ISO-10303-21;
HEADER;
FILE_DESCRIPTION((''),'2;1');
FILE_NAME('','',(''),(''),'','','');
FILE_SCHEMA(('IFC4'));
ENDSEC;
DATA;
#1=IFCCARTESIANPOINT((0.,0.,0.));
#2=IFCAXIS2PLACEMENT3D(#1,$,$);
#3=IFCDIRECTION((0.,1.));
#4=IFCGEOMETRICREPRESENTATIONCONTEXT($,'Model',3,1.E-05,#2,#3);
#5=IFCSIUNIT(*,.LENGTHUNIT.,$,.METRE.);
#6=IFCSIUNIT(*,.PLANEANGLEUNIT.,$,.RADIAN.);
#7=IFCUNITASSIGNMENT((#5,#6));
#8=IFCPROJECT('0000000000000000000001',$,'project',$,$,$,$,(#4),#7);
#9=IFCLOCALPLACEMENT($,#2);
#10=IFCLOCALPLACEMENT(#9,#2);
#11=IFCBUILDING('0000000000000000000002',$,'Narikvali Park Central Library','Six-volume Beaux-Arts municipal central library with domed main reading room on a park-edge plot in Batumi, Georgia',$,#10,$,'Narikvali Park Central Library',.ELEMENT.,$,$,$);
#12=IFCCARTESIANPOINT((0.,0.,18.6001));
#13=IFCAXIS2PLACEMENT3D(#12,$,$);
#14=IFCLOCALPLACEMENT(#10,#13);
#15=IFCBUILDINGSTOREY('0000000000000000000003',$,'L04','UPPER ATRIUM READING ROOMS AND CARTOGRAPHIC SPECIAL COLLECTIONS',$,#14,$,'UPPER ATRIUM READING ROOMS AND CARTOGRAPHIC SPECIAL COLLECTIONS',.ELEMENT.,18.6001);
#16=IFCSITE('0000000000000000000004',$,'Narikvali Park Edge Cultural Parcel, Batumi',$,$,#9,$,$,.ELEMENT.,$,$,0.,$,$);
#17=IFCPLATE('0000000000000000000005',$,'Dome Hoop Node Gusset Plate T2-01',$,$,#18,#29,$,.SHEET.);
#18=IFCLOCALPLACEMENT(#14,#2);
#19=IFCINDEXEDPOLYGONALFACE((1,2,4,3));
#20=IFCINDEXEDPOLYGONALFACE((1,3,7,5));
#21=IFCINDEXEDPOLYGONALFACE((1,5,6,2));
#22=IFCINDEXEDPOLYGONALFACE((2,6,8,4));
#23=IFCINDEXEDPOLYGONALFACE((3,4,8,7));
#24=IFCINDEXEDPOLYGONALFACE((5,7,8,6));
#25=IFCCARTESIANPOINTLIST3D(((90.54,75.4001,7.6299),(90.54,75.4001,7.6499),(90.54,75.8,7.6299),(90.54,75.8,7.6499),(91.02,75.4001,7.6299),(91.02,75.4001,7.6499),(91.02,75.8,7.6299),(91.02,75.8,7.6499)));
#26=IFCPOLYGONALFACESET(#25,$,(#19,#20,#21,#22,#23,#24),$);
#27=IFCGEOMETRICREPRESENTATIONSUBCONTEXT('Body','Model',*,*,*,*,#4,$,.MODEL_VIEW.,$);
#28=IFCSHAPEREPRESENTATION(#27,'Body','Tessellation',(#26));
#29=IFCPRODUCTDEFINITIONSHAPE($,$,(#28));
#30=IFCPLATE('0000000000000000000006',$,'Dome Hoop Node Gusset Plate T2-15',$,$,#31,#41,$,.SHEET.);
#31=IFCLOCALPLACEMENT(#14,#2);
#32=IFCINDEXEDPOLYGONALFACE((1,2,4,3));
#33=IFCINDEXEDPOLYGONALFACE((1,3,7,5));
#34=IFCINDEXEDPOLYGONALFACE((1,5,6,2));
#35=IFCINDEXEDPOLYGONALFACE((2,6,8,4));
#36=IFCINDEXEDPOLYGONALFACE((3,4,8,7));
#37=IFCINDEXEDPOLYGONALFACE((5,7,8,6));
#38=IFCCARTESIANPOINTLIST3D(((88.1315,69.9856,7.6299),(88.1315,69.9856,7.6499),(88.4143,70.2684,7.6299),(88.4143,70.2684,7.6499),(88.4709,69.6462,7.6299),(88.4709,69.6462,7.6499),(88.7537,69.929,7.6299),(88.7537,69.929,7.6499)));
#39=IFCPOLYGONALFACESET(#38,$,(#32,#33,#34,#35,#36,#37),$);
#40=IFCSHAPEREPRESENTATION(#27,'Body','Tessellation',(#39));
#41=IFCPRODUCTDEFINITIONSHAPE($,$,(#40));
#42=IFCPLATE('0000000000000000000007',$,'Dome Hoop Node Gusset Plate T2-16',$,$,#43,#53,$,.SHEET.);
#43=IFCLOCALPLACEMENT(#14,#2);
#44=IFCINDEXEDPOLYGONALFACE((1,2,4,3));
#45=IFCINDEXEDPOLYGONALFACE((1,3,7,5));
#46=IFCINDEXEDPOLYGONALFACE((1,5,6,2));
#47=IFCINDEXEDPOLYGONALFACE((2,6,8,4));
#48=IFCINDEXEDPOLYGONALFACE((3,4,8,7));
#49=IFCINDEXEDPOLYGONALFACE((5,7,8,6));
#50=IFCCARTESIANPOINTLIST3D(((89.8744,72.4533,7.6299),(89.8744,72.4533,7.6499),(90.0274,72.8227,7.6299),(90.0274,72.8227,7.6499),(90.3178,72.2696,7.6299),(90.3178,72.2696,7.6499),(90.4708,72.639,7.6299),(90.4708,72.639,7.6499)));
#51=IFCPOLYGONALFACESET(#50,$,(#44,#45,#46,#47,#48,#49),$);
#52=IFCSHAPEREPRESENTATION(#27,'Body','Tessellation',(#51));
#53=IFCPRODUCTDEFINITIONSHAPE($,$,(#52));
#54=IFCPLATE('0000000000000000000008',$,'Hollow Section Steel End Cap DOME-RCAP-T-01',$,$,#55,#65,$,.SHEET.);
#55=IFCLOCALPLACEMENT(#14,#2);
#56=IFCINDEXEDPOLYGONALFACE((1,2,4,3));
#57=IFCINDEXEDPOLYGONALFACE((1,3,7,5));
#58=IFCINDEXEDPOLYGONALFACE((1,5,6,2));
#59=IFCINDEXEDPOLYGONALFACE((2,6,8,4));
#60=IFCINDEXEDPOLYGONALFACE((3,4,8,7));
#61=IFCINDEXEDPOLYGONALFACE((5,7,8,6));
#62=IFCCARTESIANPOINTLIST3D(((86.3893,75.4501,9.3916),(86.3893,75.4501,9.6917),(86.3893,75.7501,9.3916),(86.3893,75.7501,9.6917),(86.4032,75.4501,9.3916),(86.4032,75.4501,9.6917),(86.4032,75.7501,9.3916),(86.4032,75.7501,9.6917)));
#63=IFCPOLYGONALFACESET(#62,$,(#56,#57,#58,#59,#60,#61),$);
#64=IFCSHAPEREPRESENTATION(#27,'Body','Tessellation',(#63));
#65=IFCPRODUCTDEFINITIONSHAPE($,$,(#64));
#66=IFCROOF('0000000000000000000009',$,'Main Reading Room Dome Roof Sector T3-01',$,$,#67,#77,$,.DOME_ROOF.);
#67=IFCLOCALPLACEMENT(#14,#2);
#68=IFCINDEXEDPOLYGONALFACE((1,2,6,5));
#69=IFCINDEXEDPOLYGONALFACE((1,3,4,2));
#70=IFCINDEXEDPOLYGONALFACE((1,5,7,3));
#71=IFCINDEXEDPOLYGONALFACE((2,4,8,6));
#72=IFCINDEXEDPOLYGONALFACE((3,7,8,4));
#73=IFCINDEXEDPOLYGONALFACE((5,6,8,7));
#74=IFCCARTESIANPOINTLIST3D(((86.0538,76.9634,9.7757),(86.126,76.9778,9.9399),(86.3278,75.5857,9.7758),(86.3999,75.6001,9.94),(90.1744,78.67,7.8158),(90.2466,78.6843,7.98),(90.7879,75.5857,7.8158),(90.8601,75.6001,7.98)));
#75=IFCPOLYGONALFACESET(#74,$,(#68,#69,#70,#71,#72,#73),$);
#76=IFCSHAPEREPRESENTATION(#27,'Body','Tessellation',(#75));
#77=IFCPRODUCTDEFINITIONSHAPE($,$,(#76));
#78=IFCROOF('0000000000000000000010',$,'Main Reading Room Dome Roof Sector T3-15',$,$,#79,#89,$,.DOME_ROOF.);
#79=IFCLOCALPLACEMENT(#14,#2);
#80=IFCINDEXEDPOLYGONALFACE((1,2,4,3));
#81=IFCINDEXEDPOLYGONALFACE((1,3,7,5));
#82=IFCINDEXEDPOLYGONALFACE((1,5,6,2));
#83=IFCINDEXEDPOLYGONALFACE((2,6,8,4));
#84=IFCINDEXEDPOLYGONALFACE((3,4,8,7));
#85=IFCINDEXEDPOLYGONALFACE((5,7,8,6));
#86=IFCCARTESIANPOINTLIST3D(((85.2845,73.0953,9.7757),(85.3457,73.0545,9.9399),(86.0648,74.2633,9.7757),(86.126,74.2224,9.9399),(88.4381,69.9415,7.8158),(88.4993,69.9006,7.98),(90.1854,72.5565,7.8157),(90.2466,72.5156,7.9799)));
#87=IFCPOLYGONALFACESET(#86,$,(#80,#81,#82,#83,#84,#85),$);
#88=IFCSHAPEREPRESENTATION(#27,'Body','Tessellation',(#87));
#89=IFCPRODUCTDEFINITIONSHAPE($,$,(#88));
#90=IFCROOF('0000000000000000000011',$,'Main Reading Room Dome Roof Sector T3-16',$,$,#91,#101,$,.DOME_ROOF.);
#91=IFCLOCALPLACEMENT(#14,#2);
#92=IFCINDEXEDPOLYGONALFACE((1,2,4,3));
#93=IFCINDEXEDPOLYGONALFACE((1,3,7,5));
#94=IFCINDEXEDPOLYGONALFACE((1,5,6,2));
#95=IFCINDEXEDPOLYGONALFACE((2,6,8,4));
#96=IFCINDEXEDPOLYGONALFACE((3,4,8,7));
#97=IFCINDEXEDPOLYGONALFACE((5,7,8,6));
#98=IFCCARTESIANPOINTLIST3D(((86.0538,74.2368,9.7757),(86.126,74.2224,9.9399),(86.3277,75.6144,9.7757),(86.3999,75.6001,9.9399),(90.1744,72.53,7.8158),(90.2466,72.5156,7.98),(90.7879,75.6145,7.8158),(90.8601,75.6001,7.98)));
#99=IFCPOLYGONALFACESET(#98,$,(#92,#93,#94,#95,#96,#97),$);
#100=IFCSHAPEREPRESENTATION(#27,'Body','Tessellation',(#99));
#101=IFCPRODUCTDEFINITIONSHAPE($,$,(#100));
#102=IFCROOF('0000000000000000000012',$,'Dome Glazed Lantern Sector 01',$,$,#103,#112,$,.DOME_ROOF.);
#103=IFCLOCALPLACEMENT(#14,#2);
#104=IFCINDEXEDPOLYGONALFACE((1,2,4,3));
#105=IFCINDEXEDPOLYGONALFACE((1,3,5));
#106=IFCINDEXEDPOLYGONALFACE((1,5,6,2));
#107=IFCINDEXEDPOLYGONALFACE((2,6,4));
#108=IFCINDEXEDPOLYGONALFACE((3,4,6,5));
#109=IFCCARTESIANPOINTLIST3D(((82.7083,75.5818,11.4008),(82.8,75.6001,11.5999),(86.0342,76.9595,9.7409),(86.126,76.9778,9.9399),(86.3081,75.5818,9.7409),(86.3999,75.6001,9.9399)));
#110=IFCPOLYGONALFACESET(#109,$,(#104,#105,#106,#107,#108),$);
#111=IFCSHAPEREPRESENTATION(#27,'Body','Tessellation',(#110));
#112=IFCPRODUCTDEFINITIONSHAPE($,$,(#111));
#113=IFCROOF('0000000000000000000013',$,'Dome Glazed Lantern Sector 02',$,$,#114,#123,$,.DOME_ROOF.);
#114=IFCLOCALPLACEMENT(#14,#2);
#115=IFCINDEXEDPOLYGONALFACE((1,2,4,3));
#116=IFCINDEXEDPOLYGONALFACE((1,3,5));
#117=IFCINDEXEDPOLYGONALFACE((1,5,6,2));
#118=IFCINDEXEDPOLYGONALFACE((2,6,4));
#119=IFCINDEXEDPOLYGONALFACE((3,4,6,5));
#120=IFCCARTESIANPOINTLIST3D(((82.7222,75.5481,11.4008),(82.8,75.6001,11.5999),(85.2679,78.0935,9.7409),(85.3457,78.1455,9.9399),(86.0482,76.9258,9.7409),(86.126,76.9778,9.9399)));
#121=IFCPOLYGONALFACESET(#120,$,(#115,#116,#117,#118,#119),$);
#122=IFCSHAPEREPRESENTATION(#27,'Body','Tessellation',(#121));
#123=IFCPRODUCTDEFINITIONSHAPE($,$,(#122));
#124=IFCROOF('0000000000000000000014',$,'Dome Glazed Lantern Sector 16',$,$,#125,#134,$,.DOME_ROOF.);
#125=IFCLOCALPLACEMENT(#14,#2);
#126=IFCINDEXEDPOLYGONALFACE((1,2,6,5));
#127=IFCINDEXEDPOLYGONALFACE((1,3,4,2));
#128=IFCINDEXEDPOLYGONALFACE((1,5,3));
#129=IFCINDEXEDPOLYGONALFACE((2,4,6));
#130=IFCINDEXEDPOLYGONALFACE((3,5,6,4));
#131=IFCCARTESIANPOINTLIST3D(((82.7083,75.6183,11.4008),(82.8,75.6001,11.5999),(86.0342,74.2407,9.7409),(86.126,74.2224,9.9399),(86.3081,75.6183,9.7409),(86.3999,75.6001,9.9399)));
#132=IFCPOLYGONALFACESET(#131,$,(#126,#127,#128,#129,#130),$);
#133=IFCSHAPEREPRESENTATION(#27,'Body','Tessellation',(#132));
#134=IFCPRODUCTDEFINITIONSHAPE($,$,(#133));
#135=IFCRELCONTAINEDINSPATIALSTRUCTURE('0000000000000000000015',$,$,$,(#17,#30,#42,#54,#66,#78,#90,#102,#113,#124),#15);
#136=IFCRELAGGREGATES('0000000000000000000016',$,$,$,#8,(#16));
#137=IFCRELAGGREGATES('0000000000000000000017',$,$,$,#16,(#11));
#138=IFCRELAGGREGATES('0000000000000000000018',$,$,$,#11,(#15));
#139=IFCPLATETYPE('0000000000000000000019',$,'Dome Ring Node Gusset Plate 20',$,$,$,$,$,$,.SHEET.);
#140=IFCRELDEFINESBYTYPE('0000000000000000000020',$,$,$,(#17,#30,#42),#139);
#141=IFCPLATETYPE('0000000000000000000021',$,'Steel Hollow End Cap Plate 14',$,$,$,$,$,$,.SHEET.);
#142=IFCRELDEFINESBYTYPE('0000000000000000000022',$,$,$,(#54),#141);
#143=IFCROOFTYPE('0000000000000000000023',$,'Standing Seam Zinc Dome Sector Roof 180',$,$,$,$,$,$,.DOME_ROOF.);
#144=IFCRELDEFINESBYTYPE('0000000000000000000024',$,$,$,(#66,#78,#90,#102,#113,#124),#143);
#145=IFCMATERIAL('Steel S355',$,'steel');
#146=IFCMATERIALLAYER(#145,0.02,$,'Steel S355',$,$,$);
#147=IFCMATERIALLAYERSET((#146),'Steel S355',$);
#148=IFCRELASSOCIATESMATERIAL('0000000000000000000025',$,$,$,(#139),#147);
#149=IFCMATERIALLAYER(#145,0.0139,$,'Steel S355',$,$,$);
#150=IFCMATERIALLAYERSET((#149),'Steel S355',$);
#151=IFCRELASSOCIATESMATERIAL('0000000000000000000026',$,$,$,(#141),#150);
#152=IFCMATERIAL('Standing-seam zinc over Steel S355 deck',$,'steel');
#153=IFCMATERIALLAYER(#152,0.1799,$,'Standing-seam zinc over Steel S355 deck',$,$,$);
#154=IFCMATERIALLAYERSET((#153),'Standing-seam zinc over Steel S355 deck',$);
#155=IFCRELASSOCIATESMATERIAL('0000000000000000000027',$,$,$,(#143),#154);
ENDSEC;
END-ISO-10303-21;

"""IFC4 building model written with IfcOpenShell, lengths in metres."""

from ifc_helpers import new_model, si_unit, direction, frame, origin, origin_2d, place, context, subcontext, project, spatial, polyline, rectangle, outline, extrude, material, layer, layer_set, type_object, element, save


model = new_model("IFC4")

# Units and contexts
model_context = context("Model", 3, precision=1e-05, world=origin(), true_north=direction((0.0, 1.0)))
body_context = subcontext(model_context, "Body", "Model", "MODEL_VIEW")
ifc_project = project(units=[si_unit("LENGTHUNIT", "METRE"), si_unit("PLANEANGLEUNIT", "RADIAN")], contexts=[model_context])

# Site, building, storey
site_placement = place(None, origin())
site = spatial("IfcSite", under=ifc_project, at=site_placement, Name="Narikvali Park Edge Cultural Parcel, Batumi", CompositionType="ELEMENT", RefElevation=0.0)
building_placement = place(site_placement, origin())
building = spatial("IfcBuilding", under=site, at=building_placement, Name="Narikvali Park Central Library", Description="Six-volume Beaux-Arts municipal central library with domed main reading room on a park-edge plot in Batumi, Georgia", LongName="Narikvali Park Central Library", CompositionType="ELEMENT")
storey_placement = place(building_placement, frame((0.0, 0.0, 18.6001)))
storey = spatial("IfcBuildingStorey", under=building, at=storey_placement, Name="L04", Description="UPPER ATRIUM READING ROOMS AND CARTOGRAPHIC SPECIAL COLLECTIONS", LongName="UPPER ATRIUM READING ROOMS AND CARTOGRAPHIC SPECIAL COLLECTIONS", CompositionType="ELEMENT", Elevation=18.6001)

# Shared definitions
ifc_material_1 = material(Name="Steel S355", Category="steel")

# Plates
ifc_layer_1 = layer(ifc_material_1, 0.02, Name="Steel S355")
ifc_layer_set_1 = layer_set([ifc_layer_1], Name="Steel S355")
plate_type_1 = type_object("IfcPlateType", Name="Dome Ring Node Gusset Plate 20", PredefinedType="SHEET", material=ifc_layer_set_1)
for number, where, z_axis, x_axis, name in (
    (1, (90.78, 75.6001, 7.6299), (0.0, 0.0, 1.0), (1.0, 0.0, 0.0), "Dome Hoop Node Gusset Plate T2-01"),
    (2, (88.4426, 69.9573, 7.6299), (0.0, 0.0, 1.0), (0.707107, -0.707107, 0.0), "Dome Hoop Node Gusset Plate T2-15"),
    (3, (90.1726, 72.5461, 7.6299), (0.0, 0.0, 1.0), (0.92388, -0.382683, 0.0), "Dome Hoop Node Gusset Plate T2-16"),
):
    element("IfcPlate", number, at=place(storey_placement, frame(where, z_axis=z_axis, x_axis=x_axis)), inside=storey, type_object=plate_type_1, Name=name, PredefinedType="SHEET", context=body_context, shape_type="SweptSolid", body=[
        extrude(rectangle(XDim=0.48, YDim=0.3999, at=origin_2d()), origin(), (0.0, 0.0, 1.0), 0.02),
    ])
ifc_layer_2 = layer(ifc_material_1, 0.0139, Name="Steel S355")
ifc_layer_set_2 = layer_set([ifc_layer_2], Name="Steel S355")
plate_type_2 = type_object("IfcPlateType", Name="Steel Hollow End Cap Plate 14", PredefinedType="SHEET", material=ifc_layer_set_2)
plate_placement = place(storey_placement, frame((86.3962, 75.6001, 9.3916), z_axis=(0.0, 0.0, 1.0), x_axis=(-1.0, 0.0, 0.0)))
element("IfcPlate", 4, at=plate_placement, inside=storey, type_object=plate_type_2, Name="Hollow Section Steel End Cap DOME-RCAP-T-01", PredefinedType="SHEET", context=body_context, shape_type="SweptSolid", body=[
    extrude(rectangle(XDim=0.0139, YDim=0.3, at=origin_2d()), origin(), (0.0, 0.0, 1.0), 0.3),
])

# Roofs
ifc_material_2 = material(Name="Standing-seam zinc over Steel S355 deck", Category="steel")
ifc_layer_3 = layer(ifc_material_2, 0.1799, Name="Standing-seam zinc over Steel S355 deck")
ifc_layer_set_3 = layer_set([ifc_layer_3], Name="Standing-seam zinc over Steel S355 deck")
roof_type = type_object("IfcRoofType", Name="Standing Seam Zinc Dome Sector Roof 180", PredefinedType="DOME_ROOF", material=ifc_layer_set_3)
roof_1_placement = place(storey_placement, frame((90.8601, 75.6001, 7.98), z_axis=(0.401029, 0.079762, 0.912586), x_axis=(-0.195096, 0.980784, 0.00001)))
element("IfcRoof", 5, at=roof_1_placement, inside=storey, type_object=roof_type, Name="Main Reading Room Dome Roof Sector T3-01", PredefinedType="DOME_ROOF", context=body_context, shape_type="SweptSolid", body=[
    extrude(outline(polyline([(0.0, 0.0), (3.1447, 0.0), (2.2748, 4.7934), (0.8702, 4.7935), (0.0, 0.0)])), origin(), (0.0, 0.0, -1.0), 0.1799),
])
roof_2_placement = place(storey_placement, frame((88.4993, 69.9006, 7.98), z_axis=(0.339986, -0.227162, 0.912583), x_axis=(0.555574, 0.831467, -0.00001)))
element("IfcRoof", 6, at=roof_2_placement, inside=storey, type_object=roof_type, Name="Main Reading Room Dome Roof Sector T3-15", PredefinedType="DOME_ROOF", context=body_context, shape_type="SweptSolid", body=[
    extrude(outline(polyline([(0.0, 0.0), (3.145, 0.0), (2.2749, 4.7934), (0.8702, 4.7933), (0.0, 0.0)])), origin(), (0.0, 0.0, -1.0), 0.1799),
])
roof_3_placement = place(storey_placement, frame((90.2466, 72.5156, 7.98), z_axis=(0.401028, -0.079758, 0.912587), x_axis=(0.195082, 0.980787, -0.000009)))
element("IfcRoof", 7, at=roof_3_placement, inside=storey, type_object=roof_type, Name="Main Reading Room Dome Roof Sector T3-16", PredefinedType="DOME_ROOF", context=body_context, shape_type="SweptSolid", body=[
    extrude(outline(polyline([(0.0, 0.0), (3.1449, 0.0), (2.2748, 4.7935), (0.8701, 4.7934), (0.0, 0.0)])), origin(), (0.0, 0.0, -1.0), 0.1799),
])
roof_4_placement = place(storey_placement, frame((86.3999, 75.6001, 9.9399), z_axis=(0.41729, 0.08297, 0.904978), x_axis=(-0.195013, 0.980801, 0.0)))
element("IfcRoof", 8, at=roof_4_placement, inside=storey, type_object=roof_type, Name="Dome Glazed Lantern Sector 01", PredefinedType="DOME_ROOF", context=body_context, shape_type="SweptSolid", body=[
    extrude(outline(polyline([(0.0, 0.0), (1.4047, 0.0), (0.702, 3.9015), (0.0, 0.0)])), origin(), (0.0, 0.0, -1.0), 0.22),
])
roof_5_placement = place(storey_placement, frame((86.126, 76.9778, 9.9399), z_axis=(0.353748, 0.236374, 0.904981), x_axis=(-0.555582, 0.831461, 0.0)))
element("IfcRoof", 9, at=roof_5_placement, inside=storey, type_object=roof_type, Name="Dome Glazed Lantern Sector 02", PredefinedType="DOME_ROOF", context=body_context, shape_type="SweptSolid", body=[
    extrude(outline(polyline([(0.0, 0.0), (1.4044, 0.0), (0.7023, 3.9015), (0.0, 0.0)])), origin(), (0.0, 0.0, -1.0), 0.22),
])
roof_6_placement = place(storey_placement, frame((86.126, 74.2224, 9.9399), z_axis=(0.41729, -0.08297, 0.904978), x_axis=(0.195013, 0.980801, 0.0)))
element("IfcRoof", 10, at=roof_6_placement, inside=storey, type_object=roof_type, Name="Dome Glazed Lantern Sector 16", PredefinedType="DOME_ROOF", context=body_context, shape_type="SweptSolid", body=[
    extrude(outline(polyline([(0.0, 0.0), (1.4047, 0.0), (0.7026, 3.9015), (0.0, 0.0)])), origin(), (0.0, 0.0, -1.0), 0.22),
])

save(model, "model.ifc")
